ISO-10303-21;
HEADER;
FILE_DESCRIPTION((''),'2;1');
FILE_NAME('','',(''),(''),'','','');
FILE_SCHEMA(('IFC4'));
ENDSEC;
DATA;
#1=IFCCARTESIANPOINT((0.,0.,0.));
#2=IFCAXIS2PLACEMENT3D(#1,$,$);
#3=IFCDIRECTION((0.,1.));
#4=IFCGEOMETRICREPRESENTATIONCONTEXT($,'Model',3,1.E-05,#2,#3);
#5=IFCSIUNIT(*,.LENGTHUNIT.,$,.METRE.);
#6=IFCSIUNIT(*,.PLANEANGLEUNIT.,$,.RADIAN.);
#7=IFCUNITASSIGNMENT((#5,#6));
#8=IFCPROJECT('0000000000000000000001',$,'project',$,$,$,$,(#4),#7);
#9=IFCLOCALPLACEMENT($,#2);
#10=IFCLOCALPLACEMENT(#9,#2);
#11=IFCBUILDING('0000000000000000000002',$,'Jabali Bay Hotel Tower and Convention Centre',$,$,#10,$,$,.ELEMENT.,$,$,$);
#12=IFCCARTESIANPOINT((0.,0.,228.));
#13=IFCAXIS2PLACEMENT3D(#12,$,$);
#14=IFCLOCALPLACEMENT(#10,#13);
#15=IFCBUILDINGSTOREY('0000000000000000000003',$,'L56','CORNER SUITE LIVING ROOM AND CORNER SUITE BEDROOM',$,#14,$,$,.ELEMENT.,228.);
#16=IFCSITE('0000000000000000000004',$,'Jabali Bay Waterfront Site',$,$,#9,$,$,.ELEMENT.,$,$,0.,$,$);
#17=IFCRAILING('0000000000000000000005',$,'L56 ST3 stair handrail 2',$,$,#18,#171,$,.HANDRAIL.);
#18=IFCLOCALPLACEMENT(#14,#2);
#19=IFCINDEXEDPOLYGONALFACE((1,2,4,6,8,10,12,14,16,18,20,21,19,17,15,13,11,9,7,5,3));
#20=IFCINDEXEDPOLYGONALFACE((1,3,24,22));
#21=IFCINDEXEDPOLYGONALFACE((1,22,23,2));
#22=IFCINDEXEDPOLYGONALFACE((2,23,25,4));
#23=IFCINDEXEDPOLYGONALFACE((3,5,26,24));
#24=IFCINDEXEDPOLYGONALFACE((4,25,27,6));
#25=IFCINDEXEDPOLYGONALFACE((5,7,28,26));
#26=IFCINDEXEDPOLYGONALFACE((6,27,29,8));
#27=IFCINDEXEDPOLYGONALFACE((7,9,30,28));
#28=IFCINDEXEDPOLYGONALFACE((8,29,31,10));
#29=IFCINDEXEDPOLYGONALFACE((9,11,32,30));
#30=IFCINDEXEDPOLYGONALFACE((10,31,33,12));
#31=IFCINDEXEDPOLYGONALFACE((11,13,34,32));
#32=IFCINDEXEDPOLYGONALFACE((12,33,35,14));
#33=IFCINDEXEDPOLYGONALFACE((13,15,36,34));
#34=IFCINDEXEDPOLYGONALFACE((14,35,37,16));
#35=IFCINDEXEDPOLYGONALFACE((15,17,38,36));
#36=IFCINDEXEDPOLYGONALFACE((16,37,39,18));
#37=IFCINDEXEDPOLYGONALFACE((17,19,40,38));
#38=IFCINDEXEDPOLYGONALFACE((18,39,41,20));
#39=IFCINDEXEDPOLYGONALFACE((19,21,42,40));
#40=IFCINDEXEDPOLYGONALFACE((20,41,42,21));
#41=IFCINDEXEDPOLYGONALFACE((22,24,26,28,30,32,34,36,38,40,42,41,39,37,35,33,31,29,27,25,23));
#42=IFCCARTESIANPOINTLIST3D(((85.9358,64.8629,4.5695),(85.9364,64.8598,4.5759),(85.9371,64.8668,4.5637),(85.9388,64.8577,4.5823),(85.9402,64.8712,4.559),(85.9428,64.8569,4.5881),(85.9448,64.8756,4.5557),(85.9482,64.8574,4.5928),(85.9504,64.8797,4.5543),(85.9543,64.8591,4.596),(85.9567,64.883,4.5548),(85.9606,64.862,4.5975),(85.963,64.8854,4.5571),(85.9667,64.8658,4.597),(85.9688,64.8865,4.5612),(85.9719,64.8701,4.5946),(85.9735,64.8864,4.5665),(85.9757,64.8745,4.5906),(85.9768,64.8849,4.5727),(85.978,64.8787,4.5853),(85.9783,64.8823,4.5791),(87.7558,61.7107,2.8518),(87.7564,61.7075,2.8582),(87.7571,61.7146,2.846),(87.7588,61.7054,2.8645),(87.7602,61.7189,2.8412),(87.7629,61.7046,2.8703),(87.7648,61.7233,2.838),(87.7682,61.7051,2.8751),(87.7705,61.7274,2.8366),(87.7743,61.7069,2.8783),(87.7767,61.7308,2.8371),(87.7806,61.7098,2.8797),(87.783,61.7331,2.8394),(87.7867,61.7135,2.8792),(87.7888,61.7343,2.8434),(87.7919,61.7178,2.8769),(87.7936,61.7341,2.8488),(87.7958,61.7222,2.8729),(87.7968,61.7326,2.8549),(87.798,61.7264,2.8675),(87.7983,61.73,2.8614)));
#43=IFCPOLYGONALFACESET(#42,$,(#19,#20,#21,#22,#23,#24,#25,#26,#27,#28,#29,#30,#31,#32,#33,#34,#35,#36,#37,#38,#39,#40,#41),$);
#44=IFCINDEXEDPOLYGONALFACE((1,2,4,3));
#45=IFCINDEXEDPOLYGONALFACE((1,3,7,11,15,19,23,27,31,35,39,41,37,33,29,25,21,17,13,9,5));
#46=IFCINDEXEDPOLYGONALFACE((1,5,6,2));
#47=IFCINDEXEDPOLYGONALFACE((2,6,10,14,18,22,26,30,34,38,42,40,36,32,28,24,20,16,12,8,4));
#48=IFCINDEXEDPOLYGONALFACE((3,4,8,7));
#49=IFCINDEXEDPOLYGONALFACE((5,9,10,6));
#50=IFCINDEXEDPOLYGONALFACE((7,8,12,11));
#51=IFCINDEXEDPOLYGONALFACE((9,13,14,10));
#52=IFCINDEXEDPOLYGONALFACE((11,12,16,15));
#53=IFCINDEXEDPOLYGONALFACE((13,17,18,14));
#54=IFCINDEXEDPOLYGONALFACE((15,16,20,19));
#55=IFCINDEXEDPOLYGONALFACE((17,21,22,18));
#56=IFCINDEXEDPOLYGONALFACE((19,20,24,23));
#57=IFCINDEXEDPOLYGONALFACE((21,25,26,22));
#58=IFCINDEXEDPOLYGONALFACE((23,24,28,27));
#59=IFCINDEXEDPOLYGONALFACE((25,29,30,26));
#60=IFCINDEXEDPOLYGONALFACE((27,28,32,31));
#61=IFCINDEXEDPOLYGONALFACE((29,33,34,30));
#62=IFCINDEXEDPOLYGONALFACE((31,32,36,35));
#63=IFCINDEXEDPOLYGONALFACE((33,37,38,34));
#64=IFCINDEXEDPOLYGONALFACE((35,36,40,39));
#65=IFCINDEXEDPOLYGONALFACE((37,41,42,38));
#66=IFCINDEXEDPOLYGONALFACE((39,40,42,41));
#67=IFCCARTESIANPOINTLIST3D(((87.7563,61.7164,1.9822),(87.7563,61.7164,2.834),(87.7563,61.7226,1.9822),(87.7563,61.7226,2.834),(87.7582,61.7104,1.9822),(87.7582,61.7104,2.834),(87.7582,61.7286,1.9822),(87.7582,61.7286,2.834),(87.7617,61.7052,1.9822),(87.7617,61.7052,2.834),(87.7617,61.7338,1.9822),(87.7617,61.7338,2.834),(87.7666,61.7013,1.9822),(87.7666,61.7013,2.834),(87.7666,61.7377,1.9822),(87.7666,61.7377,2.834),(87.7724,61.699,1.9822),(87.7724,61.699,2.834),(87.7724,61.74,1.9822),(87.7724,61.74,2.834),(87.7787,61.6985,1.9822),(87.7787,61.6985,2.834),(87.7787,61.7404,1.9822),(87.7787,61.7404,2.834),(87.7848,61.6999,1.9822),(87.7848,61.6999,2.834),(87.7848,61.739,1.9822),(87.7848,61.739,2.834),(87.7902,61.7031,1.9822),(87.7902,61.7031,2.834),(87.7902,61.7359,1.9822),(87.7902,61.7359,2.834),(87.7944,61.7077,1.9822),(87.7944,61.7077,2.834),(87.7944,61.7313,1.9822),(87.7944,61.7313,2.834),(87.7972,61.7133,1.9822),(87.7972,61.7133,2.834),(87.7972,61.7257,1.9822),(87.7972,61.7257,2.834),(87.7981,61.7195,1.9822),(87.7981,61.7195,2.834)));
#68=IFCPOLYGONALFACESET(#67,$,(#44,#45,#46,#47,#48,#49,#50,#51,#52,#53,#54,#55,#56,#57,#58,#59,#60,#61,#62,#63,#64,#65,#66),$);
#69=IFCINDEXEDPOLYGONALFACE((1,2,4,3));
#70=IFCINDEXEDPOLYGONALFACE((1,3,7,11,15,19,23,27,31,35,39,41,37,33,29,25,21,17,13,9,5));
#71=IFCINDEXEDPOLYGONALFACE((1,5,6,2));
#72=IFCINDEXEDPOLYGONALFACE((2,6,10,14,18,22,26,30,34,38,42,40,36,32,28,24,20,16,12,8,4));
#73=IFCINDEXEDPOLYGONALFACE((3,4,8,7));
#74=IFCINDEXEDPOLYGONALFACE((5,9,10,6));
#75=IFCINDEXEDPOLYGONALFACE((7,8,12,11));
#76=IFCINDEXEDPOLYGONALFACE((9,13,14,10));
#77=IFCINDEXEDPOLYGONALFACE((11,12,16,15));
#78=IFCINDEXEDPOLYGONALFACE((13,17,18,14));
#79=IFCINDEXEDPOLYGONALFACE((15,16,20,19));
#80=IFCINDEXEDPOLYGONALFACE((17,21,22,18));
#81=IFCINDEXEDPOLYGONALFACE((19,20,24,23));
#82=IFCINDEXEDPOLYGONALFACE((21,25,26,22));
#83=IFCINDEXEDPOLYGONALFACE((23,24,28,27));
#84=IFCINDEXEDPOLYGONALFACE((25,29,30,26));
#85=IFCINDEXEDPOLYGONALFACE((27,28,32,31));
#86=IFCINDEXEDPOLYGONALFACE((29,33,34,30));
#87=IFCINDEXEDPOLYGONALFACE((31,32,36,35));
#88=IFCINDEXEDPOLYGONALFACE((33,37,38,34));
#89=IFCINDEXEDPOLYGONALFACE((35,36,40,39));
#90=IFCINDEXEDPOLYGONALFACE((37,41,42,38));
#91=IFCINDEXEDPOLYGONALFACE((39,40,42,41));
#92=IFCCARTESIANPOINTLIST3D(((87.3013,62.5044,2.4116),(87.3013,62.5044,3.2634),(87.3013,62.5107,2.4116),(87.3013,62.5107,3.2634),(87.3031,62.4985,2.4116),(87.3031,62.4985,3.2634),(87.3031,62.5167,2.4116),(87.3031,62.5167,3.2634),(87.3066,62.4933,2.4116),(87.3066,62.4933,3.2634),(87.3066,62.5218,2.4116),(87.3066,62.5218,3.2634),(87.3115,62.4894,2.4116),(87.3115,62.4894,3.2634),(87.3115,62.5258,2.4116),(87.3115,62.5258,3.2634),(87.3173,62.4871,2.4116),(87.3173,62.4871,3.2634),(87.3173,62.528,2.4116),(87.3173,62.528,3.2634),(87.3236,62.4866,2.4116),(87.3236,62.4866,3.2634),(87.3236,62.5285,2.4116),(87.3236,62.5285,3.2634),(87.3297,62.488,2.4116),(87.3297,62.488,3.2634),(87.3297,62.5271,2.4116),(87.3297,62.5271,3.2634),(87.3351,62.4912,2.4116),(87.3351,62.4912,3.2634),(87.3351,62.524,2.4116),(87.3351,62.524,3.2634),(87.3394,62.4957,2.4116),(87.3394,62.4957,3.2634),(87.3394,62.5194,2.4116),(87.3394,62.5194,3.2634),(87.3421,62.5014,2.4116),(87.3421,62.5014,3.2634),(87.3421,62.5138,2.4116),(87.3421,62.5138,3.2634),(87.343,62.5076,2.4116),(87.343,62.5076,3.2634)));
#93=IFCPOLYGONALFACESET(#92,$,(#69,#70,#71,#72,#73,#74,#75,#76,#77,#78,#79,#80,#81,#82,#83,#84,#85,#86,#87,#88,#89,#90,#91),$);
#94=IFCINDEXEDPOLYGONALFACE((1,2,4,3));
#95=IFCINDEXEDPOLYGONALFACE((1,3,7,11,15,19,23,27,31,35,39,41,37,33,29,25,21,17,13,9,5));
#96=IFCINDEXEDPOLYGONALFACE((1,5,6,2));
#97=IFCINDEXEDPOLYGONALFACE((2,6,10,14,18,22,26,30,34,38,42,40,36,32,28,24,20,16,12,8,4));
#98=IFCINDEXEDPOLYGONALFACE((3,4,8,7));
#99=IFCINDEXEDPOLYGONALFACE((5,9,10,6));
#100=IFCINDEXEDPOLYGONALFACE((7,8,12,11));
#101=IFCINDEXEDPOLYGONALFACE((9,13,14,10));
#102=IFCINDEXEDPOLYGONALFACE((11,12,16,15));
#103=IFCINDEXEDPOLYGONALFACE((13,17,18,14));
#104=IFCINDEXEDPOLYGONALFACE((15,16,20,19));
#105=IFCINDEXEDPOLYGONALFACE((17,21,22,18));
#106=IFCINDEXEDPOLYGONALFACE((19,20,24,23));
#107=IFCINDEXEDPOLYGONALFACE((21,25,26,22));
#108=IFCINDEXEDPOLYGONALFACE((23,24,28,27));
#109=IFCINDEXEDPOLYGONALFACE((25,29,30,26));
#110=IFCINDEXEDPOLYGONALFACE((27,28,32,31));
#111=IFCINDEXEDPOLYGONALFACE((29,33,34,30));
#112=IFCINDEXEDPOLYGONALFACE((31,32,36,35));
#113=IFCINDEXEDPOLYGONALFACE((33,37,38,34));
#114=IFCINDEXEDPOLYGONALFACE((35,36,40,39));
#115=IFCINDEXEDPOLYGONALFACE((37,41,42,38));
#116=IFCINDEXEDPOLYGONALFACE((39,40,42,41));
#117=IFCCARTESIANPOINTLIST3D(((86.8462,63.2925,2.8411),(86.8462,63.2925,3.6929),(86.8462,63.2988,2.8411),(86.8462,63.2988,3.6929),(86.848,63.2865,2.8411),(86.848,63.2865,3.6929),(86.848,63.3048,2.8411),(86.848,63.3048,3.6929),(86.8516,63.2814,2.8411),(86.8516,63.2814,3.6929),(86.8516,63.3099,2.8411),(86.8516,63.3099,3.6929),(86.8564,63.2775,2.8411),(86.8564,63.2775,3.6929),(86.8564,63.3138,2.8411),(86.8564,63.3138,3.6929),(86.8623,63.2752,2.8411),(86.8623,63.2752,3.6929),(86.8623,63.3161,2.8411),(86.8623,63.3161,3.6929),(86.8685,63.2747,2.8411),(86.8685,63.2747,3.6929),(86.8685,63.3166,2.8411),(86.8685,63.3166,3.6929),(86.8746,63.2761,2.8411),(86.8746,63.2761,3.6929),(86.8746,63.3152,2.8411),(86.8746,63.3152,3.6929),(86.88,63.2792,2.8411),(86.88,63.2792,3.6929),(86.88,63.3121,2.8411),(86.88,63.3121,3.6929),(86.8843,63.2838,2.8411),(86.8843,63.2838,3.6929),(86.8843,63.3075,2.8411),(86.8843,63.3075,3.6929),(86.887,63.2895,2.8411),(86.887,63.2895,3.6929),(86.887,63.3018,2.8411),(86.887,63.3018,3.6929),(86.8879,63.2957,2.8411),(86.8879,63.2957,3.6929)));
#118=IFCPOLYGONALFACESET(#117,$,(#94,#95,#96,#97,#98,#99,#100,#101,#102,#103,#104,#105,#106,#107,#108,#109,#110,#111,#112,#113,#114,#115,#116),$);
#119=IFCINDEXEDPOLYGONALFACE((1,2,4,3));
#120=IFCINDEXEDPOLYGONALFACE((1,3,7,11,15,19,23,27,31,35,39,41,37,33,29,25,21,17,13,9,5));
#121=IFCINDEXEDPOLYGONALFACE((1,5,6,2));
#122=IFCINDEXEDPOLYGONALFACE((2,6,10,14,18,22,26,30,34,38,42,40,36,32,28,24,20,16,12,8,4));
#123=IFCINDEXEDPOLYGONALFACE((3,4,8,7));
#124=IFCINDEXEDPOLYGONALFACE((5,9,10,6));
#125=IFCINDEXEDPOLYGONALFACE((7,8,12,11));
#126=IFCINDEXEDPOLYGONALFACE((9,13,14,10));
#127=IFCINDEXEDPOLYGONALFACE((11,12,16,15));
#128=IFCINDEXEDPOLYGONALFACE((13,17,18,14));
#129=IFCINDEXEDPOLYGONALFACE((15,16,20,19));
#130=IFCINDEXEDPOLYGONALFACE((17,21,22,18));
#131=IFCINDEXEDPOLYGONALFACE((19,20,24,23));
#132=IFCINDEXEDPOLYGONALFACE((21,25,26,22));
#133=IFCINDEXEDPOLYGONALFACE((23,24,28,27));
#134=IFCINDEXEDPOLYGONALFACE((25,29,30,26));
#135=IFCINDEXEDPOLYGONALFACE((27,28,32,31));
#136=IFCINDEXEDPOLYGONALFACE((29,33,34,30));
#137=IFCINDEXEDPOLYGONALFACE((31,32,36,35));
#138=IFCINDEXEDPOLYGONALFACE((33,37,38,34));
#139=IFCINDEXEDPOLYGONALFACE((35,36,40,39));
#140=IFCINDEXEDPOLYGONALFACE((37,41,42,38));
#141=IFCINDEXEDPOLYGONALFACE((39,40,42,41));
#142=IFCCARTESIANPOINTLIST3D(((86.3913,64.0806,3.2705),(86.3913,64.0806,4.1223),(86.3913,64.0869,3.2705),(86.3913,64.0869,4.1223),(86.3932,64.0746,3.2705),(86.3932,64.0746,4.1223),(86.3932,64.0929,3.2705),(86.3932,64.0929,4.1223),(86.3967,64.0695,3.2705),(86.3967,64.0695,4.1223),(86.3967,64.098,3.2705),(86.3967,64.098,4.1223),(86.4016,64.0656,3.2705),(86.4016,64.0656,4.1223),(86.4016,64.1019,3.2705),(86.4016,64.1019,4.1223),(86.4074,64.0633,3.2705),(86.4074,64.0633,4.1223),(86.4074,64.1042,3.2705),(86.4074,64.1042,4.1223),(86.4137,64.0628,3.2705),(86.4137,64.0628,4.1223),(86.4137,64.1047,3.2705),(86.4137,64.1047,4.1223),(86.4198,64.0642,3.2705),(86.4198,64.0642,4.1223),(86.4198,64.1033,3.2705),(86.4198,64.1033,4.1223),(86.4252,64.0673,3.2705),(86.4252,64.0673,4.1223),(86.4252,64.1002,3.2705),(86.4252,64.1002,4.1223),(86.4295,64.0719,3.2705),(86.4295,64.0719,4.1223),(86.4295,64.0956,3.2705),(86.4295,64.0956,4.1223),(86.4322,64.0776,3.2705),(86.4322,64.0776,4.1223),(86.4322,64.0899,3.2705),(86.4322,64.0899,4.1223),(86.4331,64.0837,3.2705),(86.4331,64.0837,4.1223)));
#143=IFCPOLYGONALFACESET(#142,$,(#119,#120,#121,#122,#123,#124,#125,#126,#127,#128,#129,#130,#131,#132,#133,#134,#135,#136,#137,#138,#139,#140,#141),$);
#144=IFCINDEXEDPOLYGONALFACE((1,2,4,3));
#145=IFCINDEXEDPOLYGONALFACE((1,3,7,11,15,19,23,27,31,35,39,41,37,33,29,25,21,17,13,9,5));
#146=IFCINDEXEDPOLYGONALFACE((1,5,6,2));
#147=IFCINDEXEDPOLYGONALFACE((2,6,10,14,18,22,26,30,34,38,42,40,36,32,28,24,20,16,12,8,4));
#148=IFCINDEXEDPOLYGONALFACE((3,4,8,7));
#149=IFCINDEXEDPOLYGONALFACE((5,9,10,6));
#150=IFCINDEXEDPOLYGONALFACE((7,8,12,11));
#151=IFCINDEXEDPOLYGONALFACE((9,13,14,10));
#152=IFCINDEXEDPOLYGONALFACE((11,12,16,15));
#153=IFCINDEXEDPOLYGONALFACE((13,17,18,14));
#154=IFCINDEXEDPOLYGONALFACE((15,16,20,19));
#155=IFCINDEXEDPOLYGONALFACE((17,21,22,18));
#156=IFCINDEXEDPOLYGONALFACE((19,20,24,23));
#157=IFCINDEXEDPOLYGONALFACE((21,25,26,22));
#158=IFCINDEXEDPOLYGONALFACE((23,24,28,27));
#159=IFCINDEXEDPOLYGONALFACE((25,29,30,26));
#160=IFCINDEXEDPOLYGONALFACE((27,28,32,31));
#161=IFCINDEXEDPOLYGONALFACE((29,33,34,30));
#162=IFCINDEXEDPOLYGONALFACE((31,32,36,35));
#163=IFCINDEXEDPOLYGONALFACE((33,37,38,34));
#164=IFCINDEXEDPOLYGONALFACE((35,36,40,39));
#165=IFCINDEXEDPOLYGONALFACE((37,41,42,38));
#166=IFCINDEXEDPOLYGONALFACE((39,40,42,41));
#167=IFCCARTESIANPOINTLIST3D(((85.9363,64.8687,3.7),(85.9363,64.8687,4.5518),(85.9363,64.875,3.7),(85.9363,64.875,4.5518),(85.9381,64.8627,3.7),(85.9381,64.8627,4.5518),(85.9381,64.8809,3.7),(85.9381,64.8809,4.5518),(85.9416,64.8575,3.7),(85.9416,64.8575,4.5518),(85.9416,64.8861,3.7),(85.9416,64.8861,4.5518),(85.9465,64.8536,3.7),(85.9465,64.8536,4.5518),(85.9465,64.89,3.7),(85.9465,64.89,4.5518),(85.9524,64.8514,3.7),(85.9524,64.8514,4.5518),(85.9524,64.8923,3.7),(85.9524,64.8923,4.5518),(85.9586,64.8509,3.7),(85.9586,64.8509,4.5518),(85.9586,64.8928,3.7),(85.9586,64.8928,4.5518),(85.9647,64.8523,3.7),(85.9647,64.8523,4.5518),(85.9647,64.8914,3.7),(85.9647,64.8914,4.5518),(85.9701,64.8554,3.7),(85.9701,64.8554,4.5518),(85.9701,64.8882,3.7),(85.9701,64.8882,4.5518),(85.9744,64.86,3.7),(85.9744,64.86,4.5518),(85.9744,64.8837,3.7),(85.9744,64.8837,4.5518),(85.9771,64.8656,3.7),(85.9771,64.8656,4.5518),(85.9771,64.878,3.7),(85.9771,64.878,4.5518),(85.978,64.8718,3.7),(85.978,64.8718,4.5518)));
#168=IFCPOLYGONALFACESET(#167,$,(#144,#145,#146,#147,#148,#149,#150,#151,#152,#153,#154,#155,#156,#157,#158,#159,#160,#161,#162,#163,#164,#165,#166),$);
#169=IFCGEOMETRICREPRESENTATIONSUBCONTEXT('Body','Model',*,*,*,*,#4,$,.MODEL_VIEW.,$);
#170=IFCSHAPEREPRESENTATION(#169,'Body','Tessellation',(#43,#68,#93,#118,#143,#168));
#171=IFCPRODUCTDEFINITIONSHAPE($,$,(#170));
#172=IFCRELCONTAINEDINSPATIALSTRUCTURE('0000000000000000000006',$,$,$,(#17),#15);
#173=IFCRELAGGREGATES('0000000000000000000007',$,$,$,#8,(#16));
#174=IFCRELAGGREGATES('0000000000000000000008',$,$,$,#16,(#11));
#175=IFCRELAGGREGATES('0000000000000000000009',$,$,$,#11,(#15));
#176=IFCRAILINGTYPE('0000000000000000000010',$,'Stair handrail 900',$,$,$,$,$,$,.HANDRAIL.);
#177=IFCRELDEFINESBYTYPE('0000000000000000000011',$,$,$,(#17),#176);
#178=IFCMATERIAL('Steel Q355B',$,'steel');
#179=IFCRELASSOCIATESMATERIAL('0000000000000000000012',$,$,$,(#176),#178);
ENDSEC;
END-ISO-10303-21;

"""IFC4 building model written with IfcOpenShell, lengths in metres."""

from ifc_helpers import new_model, si_unit, direction, frame, origin, origin_2d, place, context, subcontext, project, spatial, circle, extrude, material, type_object, element, save


model = new_model("IFC4")

# Units and contexts
model_context = context("Model", 3, precision=1e-05, world=origin(), true_north=direction((0.0, 1.0)))
body_context = subcontext(model_context, "Body", "Model", "MODEL_VIEW")
ifc_project = project(units=[si_unit("LENGTHUNIT", "METRE"), si_unit("PLANEANGLEUNIT", "RADIAN")], contexts=[model_context])

# Site, building, storey
site_placement = place(None, origin())
site = spatial("IfcSite", under=ifc_project, at=site_placement, Name="Jabali Bay Waterfront Site", CompositionType="ELEMENT", RefElevation=0.0)
building_placement = place(site_placement, origin())
building = spatial("IfcBuilding", under=site, at=building_placement, Name="Jabali Bay Hotel Tower and Convention Centre", CompositionType="ELEMENT")
storey_placement = place(building_placement, frame((0.0, 0.0, 228.0)))
storey = spatial("IfcBuildingStorey", under=building, at=storey_placement, Name="L56", Description="CORNER SUITE LIVING ROOM AND CORNER SUITE BEDROOM", CompositionType="ELEMENT", Elevation=228.0)

# Railing
ifc_material_1 = material(Name="Steel Q355B", Category="steel")
railing_type_1 = type_object("IfcRailingType", Name="Stair handrail 900", PredefinedType="HANDRAIL", material=ifc_material_1)
railing_1_placement = place(storey_placement, frame((87.7771, 61.7195, 1.9822)))
element("IfcRailing", 1, at=railing_1_placement, inside=storey, type_object=railing_type_1, Name="L56 ST3 stair handrail 2", PredefinedType="HANDRAIL", context=body_context, shape_type="SweptSolid", body=[
    extrude(circle(Radius=0.0239, at=origin_2d()), frame((0.0, 0.0, 0.876), z_axis=(-0.45219, 0.78319, 0.426775), x_axis=(-0.866018, -0.500013, 0.0)), (0.0, 0.0, 1.0), 4.0249),
    extrude(circle(Radius=0.021, at=origin_2d()), origin(), (0.0, 0.0, 1.0), 0.8518),
    extrude(circle(Radius=0.021, at=origin_2d()), frame((-0.4551, 0.7881, 0.4294)), (0.0, 0.0, 1.0), 0.8518),
    extrude(circle(Radius=0.021, at=origin_2d()), frame((-0.9102, 1.5762, 0.8589)), (0.0, 0.0, 1.0), 0.8518),
    extrude(circle(Radius=0.021, at=origin_2d()), frame((-1.365, 2.3643, 1.2883)), (0.0, 0.0, 1.0), 0.8518),
    extrude(circle(Radius=0.021, at=origin_2d()), frame((-1.8201, 3.1523, 1.7178)), (0.0, 0.0, 1.0), 0.8518),
])

save(model, "model.ifc")
